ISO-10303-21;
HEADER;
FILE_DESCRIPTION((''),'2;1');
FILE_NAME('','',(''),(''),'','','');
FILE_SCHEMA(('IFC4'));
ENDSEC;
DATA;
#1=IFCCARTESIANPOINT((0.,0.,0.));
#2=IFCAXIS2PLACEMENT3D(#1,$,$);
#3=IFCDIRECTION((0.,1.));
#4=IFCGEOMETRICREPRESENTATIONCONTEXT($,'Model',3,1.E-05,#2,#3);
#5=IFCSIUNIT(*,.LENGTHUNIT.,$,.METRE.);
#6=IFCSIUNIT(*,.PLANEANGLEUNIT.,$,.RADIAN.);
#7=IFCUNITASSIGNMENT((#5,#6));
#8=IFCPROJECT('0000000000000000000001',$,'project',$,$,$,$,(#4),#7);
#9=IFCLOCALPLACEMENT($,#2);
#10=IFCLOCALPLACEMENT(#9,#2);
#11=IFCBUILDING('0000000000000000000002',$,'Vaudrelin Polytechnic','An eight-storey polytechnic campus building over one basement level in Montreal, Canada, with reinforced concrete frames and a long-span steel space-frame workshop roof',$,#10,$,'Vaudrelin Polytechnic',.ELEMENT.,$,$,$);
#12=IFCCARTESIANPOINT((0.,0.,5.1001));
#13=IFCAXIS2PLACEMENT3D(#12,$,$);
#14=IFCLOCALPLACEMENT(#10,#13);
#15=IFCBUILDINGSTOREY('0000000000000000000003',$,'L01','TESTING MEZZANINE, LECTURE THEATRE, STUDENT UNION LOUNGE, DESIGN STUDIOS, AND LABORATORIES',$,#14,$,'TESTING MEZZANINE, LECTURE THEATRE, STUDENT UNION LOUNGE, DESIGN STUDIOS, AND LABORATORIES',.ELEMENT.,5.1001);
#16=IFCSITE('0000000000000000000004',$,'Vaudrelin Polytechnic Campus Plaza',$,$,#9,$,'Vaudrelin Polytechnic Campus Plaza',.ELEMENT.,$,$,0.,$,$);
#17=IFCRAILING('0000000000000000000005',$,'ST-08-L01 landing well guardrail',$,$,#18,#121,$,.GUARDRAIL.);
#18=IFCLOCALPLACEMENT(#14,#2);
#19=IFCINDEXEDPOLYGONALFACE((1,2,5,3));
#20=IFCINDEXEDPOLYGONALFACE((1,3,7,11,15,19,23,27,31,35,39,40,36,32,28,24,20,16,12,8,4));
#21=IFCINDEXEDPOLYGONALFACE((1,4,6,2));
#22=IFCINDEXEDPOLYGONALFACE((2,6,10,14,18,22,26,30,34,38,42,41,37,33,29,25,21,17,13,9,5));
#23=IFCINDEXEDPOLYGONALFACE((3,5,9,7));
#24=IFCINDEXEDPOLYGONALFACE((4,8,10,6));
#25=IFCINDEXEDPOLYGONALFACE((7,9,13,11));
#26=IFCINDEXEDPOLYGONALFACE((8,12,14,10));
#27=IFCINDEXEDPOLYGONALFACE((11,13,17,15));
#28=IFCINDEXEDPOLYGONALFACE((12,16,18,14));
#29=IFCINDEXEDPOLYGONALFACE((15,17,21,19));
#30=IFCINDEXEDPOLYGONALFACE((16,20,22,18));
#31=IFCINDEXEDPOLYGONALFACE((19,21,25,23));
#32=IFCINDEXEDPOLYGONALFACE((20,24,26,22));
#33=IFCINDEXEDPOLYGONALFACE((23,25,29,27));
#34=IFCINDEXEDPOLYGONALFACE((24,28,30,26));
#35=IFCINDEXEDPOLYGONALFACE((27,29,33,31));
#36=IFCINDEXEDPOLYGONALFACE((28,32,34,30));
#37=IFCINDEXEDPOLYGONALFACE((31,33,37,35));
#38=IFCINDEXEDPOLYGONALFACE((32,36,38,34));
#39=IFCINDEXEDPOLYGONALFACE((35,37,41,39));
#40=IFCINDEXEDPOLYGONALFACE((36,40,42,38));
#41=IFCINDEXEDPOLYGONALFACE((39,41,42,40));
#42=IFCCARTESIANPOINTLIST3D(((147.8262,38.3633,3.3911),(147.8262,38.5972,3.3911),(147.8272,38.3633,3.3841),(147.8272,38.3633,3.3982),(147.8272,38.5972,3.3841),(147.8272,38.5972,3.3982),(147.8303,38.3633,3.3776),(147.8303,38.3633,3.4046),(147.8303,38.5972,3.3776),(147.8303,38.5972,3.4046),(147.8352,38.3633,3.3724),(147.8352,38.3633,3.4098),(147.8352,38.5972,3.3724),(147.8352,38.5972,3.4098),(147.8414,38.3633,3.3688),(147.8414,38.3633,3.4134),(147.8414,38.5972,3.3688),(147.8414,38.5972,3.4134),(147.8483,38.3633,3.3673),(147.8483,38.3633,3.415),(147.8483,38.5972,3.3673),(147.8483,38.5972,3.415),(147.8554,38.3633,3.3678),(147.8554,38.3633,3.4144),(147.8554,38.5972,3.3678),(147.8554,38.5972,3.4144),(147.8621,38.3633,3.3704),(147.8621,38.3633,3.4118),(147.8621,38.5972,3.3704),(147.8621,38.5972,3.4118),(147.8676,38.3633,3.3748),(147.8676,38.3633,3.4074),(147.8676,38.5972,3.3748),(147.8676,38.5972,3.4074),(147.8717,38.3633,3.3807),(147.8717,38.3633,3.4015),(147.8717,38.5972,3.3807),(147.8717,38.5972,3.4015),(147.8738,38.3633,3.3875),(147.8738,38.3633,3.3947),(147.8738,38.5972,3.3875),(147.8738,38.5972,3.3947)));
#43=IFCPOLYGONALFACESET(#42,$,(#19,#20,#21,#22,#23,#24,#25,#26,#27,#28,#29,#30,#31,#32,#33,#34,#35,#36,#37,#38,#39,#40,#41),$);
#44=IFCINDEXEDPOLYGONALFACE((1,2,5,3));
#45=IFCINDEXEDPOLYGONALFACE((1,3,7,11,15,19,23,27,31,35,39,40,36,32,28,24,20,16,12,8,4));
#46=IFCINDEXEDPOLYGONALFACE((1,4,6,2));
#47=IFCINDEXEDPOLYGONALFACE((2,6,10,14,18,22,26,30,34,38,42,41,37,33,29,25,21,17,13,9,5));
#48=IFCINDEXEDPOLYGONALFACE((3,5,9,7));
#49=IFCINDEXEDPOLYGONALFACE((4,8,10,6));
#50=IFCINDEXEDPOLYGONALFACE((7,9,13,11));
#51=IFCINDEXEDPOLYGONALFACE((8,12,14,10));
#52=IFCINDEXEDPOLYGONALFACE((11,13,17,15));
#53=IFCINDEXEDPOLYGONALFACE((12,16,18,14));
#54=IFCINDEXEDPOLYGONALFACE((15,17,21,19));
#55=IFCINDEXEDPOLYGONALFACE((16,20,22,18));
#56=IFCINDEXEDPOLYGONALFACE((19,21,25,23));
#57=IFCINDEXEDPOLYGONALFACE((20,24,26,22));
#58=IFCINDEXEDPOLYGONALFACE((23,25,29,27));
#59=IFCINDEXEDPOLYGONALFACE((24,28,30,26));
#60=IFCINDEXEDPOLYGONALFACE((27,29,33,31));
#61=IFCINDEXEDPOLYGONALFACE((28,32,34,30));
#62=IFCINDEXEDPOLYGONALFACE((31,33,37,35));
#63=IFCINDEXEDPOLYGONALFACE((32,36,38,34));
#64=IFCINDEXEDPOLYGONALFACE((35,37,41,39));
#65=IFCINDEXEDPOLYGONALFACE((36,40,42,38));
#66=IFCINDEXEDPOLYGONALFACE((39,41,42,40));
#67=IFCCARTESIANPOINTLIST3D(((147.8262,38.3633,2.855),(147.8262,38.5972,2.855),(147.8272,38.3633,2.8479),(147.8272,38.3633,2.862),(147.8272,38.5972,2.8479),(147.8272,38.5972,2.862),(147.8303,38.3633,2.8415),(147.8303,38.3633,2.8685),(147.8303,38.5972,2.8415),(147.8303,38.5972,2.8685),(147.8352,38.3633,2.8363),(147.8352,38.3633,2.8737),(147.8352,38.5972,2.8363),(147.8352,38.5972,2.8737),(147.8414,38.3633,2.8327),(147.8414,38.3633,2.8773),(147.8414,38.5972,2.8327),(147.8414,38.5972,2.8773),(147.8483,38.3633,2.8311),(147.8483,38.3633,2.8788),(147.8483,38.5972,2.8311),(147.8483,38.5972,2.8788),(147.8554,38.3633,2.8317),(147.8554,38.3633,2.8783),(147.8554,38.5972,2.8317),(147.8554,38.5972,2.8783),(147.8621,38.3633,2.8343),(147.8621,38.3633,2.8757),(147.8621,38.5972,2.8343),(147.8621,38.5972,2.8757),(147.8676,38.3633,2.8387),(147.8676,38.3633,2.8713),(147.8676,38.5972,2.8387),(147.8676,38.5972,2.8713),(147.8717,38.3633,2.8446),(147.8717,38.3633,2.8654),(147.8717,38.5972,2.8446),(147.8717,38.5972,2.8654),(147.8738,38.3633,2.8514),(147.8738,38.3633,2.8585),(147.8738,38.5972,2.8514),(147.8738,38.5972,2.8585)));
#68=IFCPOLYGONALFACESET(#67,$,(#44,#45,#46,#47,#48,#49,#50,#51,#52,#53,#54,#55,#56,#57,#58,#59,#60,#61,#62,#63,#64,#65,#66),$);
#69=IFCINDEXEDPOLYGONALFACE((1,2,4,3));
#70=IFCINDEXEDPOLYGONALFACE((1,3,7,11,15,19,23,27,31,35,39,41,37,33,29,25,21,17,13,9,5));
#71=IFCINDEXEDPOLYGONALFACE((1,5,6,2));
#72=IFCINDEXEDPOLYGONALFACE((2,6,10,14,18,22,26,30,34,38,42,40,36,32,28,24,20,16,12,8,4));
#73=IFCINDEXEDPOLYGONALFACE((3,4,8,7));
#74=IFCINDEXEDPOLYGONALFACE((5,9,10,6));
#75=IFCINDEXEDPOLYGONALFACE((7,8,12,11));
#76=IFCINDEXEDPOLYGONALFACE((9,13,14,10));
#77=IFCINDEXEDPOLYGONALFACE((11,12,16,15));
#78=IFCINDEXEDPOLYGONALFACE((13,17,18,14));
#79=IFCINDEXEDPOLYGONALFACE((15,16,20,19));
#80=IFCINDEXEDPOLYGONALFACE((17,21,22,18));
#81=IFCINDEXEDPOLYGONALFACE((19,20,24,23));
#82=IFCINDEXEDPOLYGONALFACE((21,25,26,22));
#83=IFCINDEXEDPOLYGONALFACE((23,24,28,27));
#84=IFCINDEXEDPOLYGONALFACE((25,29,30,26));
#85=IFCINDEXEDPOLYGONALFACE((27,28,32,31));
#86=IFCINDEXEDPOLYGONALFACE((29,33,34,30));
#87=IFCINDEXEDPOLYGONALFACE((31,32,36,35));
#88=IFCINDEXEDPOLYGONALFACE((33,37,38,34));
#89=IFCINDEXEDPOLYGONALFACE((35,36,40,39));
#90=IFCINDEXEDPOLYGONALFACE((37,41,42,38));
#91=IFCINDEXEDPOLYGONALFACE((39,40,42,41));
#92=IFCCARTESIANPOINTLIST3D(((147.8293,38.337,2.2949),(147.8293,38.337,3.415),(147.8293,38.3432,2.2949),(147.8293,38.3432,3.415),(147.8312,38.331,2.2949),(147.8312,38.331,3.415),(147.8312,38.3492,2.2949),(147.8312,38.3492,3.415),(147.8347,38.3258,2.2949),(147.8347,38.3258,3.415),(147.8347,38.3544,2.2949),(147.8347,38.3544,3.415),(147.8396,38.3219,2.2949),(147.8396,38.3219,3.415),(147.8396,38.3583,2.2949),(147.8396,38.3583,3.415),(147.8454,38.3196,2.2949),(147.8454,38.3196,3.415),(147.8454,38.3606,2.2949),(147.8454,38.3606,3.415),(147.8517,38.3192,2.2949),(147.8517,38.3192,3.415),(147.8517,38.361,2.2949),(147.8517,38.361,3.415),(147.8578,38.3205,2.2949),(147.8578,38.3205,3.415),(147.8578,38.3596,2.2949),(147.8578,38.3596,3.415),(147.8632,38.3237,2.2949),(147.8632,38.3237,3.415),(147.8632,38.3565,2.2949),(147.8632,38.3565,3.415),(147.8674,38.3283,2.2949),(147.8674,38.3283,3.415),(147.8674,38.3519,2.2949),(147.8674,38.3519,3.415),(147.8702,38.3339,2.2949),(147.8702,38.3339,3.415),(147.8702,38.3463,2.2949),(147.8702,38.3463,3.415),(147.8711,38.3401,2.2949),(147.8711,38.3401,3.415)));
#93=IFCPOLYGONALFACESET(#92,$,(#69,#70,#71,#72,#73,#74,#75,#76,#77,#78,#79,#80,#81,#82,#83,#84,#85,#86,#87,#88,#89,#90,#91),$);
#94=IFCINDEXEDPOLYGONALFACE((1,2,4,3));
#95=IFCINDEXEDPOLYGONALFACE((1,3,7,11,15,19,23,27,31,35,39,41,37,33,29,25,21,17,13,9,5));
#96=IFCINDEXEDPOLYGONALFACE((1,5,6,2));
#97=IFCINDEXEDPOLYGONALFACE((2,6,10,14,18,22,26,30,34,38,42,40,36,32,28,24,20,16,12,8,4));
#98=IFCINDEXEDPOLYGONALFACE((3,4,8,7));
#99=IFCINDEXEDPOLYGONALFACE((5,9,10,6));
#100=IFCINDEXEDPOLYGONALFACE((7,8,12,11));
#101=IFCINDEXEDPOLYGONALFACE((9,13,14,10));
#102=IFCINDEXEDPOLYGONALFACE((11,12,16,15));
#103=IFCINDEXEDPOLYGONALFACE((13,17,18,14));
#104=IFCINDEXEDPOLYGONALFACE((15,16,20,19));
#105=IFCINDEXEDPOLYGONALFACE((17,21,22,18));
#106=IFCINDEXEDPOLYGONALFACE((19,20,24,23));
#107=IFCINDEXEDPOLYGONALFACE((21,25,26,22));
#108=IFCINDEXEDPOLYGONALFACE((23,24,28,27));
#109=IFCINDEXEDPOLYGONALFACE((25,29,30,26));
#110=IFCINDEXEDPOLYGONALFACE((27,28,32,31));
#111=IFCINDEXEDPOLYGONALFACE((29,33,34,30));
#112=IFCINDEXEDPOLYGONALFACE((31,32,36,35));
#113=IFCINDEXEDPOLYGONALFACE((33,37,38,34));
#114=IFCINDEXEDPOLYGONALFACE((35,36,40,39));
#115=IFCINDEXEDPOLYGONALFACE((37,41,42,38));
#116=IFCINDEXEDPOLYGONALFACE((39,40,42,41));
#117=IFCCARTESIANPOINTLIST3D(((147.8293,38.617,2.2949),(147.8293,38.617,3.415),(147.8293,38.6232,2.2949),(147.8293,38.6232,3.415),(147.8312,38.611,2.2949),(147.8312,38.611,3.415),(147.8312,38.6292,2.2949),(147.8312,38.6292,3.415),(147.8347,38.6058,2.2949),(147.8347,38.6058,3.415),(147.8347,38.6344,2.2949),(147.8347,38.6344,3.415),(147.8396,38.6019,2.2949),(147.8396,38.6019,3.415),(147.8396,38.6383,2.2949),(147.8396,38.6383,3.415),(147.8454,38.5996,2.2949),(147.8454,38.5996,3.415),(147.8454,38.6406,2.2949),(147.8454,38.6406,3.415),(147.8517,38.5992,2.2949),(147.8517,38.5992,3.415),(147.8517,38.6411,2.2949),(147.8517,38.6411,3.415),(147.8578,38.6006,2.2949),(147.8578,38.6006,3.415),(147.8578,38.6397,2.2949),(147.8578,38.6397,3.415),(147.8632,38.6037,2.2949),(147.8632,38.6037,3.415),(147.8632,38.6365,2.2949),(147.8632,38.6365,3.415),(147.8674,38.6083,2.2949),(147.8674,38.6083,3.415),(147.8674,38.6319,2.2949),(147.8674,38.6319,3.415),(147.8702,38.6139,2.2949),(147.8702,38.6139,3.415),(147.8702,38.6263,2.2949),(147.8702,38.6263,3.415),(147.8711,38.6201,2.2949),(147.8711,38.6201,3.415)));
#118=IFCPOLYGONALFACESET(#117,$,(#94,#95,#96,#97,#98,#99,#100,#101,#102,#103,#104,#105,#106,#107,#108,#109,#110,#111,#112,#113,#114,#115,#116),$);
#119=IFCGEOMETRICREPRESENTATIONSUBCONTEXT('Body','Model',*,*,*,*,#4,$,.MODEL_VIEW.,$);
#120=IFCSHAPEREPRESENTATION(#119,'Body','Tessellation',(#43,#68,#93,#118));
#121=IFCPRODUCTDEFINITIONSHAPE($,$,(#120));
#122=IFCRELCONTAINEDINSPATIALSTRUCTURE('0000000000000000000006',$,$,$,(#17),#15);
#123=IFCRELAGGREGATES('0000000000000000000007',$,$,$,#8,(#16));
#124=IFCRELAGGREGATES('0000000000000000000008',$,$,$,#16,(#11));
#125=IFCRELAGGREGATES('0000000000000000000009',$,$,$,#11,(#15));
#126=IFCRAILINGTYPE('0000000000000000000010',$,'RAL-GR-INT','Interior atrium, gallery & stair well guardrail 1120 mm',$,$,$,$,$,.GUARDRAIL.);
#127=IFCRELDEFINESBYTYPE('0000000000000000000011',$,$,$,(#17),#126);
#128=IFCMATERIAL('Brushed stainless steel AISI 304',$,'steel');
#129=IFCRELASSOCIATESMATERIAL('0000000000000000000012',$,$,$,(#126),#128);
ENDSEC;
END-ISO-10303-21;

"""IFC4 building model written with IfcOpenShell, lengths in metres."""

from ifc_helpers import new_model, si_unit, direction, frame, origin, origin_2d, place, context, subcontext, project, spatial, circle, extrude, material, type_object, element, save


model = new_model("IFC4")

# Units and contexts
model_context = context("Model", 3, precision=1e-05, world=origin(), true_north=direction((0.0, 1.0)))
body_context = subcontext(model_context, "Body", "Model", "MODEL_VIEW")
ifc_project = project(units=[si_unit("LENGTHUNIT", "METRE"), si_unit("PLANEANGLEUNIT", "RADIAN")], contexts=[model_context])

# Site, building, storey
site_placement = place(None, origin())
site = spatial("IfcSite", under=ifc_project, at=site_placement, Name="Vaudrelin Polytechnic Campus Plaza", LongName="Vaudrelin Polytechnic Campus Plaza", CompositionType="ELEMENT", RefElevation=0.0)
building_placement = place(site_placement, origin())
building = spatial("IfcBuilding", under=site, at=building_placement, Name="Vaudrelin Polytechnic", Description="An eight-storey polytechnic campus building over one basement level in Montreal, Canada, with reinforced concrete frames and a long-span steel space-frame workshop roof", LongName="Vaudrelin Polytechnic", CompositionType="ELEMENT")
storey_placement = place(building_placement, frame((0.0, 0.0, 5.1001)))
storey = spatial("IfcBuildingStorey", under=building, at=storey_placement, Name="L01", Description="TESTING MEZZANINE, LECTURE THEATRE, STUDENT UNION LOUNGE, DESIGN STUDIOS, AND LABORATORIES", LongName="TESTING MEZZANINE, LECTURE THEATRE, STUDENT UNION LOUNGE, DESIGN STUDIOS, AND LABORATORIES", CompositionType="ELEMENT", Elevation=5.1001)

# Railing
ifc_material_1 = material(Name="Brushed stainless steel AISI 304", Category="steel")
railing_type_1 = type_object("IfcRailingType", Name="RAL-GR-INT", Description="Interior atrium, gallery & stair well guardrail 1120 mm", PredefinedType="GUARDRAIL", material=ifc_material_1)
railing_1_placement = place(storey_placement, frame((147.8501, 38.3401, 2.2949)))
element("IfcRailing", 1, at=railing_1_placement, inside=storey, type_object=railing_type_1, Name="ST-08-L01 landing well guardrail", PredefinedType="GUARDRAIL", context=body_context, shape_type="SweptSolid", body=[
    extrude(circle(Radius=0.0239, at=origin_2d()), frame((0.0, 0.0232, 1.0962), z_axis=(0.0, 1.0, 0.0), x_axis=(-1.0, 0.0, 0.0)), (0.0, 0.0, 1.0), 0.2339),
    extrude(circle(Radius=0.0239, at=origin_2d()), frame((0.0, 0.0232, 0.5601), z_axis=(0.0, 1.0, 0.0), x_axis=(-1.0, 0.0, 0.0)), (0.0, 0.0, 1.0), 0.2339),
    extrude(circle(Radius=0.021, at=origin_2d()), origin(), (0.0, 0.0, 1.0), 1.1201),
    extrude(circle(Radius=0.021, at=origin_2d()), frame((0.0, 0.28, 0.0)), (0.0, 0.0, 1.0), 1.1201),
])

save(model, "model.ifc")
